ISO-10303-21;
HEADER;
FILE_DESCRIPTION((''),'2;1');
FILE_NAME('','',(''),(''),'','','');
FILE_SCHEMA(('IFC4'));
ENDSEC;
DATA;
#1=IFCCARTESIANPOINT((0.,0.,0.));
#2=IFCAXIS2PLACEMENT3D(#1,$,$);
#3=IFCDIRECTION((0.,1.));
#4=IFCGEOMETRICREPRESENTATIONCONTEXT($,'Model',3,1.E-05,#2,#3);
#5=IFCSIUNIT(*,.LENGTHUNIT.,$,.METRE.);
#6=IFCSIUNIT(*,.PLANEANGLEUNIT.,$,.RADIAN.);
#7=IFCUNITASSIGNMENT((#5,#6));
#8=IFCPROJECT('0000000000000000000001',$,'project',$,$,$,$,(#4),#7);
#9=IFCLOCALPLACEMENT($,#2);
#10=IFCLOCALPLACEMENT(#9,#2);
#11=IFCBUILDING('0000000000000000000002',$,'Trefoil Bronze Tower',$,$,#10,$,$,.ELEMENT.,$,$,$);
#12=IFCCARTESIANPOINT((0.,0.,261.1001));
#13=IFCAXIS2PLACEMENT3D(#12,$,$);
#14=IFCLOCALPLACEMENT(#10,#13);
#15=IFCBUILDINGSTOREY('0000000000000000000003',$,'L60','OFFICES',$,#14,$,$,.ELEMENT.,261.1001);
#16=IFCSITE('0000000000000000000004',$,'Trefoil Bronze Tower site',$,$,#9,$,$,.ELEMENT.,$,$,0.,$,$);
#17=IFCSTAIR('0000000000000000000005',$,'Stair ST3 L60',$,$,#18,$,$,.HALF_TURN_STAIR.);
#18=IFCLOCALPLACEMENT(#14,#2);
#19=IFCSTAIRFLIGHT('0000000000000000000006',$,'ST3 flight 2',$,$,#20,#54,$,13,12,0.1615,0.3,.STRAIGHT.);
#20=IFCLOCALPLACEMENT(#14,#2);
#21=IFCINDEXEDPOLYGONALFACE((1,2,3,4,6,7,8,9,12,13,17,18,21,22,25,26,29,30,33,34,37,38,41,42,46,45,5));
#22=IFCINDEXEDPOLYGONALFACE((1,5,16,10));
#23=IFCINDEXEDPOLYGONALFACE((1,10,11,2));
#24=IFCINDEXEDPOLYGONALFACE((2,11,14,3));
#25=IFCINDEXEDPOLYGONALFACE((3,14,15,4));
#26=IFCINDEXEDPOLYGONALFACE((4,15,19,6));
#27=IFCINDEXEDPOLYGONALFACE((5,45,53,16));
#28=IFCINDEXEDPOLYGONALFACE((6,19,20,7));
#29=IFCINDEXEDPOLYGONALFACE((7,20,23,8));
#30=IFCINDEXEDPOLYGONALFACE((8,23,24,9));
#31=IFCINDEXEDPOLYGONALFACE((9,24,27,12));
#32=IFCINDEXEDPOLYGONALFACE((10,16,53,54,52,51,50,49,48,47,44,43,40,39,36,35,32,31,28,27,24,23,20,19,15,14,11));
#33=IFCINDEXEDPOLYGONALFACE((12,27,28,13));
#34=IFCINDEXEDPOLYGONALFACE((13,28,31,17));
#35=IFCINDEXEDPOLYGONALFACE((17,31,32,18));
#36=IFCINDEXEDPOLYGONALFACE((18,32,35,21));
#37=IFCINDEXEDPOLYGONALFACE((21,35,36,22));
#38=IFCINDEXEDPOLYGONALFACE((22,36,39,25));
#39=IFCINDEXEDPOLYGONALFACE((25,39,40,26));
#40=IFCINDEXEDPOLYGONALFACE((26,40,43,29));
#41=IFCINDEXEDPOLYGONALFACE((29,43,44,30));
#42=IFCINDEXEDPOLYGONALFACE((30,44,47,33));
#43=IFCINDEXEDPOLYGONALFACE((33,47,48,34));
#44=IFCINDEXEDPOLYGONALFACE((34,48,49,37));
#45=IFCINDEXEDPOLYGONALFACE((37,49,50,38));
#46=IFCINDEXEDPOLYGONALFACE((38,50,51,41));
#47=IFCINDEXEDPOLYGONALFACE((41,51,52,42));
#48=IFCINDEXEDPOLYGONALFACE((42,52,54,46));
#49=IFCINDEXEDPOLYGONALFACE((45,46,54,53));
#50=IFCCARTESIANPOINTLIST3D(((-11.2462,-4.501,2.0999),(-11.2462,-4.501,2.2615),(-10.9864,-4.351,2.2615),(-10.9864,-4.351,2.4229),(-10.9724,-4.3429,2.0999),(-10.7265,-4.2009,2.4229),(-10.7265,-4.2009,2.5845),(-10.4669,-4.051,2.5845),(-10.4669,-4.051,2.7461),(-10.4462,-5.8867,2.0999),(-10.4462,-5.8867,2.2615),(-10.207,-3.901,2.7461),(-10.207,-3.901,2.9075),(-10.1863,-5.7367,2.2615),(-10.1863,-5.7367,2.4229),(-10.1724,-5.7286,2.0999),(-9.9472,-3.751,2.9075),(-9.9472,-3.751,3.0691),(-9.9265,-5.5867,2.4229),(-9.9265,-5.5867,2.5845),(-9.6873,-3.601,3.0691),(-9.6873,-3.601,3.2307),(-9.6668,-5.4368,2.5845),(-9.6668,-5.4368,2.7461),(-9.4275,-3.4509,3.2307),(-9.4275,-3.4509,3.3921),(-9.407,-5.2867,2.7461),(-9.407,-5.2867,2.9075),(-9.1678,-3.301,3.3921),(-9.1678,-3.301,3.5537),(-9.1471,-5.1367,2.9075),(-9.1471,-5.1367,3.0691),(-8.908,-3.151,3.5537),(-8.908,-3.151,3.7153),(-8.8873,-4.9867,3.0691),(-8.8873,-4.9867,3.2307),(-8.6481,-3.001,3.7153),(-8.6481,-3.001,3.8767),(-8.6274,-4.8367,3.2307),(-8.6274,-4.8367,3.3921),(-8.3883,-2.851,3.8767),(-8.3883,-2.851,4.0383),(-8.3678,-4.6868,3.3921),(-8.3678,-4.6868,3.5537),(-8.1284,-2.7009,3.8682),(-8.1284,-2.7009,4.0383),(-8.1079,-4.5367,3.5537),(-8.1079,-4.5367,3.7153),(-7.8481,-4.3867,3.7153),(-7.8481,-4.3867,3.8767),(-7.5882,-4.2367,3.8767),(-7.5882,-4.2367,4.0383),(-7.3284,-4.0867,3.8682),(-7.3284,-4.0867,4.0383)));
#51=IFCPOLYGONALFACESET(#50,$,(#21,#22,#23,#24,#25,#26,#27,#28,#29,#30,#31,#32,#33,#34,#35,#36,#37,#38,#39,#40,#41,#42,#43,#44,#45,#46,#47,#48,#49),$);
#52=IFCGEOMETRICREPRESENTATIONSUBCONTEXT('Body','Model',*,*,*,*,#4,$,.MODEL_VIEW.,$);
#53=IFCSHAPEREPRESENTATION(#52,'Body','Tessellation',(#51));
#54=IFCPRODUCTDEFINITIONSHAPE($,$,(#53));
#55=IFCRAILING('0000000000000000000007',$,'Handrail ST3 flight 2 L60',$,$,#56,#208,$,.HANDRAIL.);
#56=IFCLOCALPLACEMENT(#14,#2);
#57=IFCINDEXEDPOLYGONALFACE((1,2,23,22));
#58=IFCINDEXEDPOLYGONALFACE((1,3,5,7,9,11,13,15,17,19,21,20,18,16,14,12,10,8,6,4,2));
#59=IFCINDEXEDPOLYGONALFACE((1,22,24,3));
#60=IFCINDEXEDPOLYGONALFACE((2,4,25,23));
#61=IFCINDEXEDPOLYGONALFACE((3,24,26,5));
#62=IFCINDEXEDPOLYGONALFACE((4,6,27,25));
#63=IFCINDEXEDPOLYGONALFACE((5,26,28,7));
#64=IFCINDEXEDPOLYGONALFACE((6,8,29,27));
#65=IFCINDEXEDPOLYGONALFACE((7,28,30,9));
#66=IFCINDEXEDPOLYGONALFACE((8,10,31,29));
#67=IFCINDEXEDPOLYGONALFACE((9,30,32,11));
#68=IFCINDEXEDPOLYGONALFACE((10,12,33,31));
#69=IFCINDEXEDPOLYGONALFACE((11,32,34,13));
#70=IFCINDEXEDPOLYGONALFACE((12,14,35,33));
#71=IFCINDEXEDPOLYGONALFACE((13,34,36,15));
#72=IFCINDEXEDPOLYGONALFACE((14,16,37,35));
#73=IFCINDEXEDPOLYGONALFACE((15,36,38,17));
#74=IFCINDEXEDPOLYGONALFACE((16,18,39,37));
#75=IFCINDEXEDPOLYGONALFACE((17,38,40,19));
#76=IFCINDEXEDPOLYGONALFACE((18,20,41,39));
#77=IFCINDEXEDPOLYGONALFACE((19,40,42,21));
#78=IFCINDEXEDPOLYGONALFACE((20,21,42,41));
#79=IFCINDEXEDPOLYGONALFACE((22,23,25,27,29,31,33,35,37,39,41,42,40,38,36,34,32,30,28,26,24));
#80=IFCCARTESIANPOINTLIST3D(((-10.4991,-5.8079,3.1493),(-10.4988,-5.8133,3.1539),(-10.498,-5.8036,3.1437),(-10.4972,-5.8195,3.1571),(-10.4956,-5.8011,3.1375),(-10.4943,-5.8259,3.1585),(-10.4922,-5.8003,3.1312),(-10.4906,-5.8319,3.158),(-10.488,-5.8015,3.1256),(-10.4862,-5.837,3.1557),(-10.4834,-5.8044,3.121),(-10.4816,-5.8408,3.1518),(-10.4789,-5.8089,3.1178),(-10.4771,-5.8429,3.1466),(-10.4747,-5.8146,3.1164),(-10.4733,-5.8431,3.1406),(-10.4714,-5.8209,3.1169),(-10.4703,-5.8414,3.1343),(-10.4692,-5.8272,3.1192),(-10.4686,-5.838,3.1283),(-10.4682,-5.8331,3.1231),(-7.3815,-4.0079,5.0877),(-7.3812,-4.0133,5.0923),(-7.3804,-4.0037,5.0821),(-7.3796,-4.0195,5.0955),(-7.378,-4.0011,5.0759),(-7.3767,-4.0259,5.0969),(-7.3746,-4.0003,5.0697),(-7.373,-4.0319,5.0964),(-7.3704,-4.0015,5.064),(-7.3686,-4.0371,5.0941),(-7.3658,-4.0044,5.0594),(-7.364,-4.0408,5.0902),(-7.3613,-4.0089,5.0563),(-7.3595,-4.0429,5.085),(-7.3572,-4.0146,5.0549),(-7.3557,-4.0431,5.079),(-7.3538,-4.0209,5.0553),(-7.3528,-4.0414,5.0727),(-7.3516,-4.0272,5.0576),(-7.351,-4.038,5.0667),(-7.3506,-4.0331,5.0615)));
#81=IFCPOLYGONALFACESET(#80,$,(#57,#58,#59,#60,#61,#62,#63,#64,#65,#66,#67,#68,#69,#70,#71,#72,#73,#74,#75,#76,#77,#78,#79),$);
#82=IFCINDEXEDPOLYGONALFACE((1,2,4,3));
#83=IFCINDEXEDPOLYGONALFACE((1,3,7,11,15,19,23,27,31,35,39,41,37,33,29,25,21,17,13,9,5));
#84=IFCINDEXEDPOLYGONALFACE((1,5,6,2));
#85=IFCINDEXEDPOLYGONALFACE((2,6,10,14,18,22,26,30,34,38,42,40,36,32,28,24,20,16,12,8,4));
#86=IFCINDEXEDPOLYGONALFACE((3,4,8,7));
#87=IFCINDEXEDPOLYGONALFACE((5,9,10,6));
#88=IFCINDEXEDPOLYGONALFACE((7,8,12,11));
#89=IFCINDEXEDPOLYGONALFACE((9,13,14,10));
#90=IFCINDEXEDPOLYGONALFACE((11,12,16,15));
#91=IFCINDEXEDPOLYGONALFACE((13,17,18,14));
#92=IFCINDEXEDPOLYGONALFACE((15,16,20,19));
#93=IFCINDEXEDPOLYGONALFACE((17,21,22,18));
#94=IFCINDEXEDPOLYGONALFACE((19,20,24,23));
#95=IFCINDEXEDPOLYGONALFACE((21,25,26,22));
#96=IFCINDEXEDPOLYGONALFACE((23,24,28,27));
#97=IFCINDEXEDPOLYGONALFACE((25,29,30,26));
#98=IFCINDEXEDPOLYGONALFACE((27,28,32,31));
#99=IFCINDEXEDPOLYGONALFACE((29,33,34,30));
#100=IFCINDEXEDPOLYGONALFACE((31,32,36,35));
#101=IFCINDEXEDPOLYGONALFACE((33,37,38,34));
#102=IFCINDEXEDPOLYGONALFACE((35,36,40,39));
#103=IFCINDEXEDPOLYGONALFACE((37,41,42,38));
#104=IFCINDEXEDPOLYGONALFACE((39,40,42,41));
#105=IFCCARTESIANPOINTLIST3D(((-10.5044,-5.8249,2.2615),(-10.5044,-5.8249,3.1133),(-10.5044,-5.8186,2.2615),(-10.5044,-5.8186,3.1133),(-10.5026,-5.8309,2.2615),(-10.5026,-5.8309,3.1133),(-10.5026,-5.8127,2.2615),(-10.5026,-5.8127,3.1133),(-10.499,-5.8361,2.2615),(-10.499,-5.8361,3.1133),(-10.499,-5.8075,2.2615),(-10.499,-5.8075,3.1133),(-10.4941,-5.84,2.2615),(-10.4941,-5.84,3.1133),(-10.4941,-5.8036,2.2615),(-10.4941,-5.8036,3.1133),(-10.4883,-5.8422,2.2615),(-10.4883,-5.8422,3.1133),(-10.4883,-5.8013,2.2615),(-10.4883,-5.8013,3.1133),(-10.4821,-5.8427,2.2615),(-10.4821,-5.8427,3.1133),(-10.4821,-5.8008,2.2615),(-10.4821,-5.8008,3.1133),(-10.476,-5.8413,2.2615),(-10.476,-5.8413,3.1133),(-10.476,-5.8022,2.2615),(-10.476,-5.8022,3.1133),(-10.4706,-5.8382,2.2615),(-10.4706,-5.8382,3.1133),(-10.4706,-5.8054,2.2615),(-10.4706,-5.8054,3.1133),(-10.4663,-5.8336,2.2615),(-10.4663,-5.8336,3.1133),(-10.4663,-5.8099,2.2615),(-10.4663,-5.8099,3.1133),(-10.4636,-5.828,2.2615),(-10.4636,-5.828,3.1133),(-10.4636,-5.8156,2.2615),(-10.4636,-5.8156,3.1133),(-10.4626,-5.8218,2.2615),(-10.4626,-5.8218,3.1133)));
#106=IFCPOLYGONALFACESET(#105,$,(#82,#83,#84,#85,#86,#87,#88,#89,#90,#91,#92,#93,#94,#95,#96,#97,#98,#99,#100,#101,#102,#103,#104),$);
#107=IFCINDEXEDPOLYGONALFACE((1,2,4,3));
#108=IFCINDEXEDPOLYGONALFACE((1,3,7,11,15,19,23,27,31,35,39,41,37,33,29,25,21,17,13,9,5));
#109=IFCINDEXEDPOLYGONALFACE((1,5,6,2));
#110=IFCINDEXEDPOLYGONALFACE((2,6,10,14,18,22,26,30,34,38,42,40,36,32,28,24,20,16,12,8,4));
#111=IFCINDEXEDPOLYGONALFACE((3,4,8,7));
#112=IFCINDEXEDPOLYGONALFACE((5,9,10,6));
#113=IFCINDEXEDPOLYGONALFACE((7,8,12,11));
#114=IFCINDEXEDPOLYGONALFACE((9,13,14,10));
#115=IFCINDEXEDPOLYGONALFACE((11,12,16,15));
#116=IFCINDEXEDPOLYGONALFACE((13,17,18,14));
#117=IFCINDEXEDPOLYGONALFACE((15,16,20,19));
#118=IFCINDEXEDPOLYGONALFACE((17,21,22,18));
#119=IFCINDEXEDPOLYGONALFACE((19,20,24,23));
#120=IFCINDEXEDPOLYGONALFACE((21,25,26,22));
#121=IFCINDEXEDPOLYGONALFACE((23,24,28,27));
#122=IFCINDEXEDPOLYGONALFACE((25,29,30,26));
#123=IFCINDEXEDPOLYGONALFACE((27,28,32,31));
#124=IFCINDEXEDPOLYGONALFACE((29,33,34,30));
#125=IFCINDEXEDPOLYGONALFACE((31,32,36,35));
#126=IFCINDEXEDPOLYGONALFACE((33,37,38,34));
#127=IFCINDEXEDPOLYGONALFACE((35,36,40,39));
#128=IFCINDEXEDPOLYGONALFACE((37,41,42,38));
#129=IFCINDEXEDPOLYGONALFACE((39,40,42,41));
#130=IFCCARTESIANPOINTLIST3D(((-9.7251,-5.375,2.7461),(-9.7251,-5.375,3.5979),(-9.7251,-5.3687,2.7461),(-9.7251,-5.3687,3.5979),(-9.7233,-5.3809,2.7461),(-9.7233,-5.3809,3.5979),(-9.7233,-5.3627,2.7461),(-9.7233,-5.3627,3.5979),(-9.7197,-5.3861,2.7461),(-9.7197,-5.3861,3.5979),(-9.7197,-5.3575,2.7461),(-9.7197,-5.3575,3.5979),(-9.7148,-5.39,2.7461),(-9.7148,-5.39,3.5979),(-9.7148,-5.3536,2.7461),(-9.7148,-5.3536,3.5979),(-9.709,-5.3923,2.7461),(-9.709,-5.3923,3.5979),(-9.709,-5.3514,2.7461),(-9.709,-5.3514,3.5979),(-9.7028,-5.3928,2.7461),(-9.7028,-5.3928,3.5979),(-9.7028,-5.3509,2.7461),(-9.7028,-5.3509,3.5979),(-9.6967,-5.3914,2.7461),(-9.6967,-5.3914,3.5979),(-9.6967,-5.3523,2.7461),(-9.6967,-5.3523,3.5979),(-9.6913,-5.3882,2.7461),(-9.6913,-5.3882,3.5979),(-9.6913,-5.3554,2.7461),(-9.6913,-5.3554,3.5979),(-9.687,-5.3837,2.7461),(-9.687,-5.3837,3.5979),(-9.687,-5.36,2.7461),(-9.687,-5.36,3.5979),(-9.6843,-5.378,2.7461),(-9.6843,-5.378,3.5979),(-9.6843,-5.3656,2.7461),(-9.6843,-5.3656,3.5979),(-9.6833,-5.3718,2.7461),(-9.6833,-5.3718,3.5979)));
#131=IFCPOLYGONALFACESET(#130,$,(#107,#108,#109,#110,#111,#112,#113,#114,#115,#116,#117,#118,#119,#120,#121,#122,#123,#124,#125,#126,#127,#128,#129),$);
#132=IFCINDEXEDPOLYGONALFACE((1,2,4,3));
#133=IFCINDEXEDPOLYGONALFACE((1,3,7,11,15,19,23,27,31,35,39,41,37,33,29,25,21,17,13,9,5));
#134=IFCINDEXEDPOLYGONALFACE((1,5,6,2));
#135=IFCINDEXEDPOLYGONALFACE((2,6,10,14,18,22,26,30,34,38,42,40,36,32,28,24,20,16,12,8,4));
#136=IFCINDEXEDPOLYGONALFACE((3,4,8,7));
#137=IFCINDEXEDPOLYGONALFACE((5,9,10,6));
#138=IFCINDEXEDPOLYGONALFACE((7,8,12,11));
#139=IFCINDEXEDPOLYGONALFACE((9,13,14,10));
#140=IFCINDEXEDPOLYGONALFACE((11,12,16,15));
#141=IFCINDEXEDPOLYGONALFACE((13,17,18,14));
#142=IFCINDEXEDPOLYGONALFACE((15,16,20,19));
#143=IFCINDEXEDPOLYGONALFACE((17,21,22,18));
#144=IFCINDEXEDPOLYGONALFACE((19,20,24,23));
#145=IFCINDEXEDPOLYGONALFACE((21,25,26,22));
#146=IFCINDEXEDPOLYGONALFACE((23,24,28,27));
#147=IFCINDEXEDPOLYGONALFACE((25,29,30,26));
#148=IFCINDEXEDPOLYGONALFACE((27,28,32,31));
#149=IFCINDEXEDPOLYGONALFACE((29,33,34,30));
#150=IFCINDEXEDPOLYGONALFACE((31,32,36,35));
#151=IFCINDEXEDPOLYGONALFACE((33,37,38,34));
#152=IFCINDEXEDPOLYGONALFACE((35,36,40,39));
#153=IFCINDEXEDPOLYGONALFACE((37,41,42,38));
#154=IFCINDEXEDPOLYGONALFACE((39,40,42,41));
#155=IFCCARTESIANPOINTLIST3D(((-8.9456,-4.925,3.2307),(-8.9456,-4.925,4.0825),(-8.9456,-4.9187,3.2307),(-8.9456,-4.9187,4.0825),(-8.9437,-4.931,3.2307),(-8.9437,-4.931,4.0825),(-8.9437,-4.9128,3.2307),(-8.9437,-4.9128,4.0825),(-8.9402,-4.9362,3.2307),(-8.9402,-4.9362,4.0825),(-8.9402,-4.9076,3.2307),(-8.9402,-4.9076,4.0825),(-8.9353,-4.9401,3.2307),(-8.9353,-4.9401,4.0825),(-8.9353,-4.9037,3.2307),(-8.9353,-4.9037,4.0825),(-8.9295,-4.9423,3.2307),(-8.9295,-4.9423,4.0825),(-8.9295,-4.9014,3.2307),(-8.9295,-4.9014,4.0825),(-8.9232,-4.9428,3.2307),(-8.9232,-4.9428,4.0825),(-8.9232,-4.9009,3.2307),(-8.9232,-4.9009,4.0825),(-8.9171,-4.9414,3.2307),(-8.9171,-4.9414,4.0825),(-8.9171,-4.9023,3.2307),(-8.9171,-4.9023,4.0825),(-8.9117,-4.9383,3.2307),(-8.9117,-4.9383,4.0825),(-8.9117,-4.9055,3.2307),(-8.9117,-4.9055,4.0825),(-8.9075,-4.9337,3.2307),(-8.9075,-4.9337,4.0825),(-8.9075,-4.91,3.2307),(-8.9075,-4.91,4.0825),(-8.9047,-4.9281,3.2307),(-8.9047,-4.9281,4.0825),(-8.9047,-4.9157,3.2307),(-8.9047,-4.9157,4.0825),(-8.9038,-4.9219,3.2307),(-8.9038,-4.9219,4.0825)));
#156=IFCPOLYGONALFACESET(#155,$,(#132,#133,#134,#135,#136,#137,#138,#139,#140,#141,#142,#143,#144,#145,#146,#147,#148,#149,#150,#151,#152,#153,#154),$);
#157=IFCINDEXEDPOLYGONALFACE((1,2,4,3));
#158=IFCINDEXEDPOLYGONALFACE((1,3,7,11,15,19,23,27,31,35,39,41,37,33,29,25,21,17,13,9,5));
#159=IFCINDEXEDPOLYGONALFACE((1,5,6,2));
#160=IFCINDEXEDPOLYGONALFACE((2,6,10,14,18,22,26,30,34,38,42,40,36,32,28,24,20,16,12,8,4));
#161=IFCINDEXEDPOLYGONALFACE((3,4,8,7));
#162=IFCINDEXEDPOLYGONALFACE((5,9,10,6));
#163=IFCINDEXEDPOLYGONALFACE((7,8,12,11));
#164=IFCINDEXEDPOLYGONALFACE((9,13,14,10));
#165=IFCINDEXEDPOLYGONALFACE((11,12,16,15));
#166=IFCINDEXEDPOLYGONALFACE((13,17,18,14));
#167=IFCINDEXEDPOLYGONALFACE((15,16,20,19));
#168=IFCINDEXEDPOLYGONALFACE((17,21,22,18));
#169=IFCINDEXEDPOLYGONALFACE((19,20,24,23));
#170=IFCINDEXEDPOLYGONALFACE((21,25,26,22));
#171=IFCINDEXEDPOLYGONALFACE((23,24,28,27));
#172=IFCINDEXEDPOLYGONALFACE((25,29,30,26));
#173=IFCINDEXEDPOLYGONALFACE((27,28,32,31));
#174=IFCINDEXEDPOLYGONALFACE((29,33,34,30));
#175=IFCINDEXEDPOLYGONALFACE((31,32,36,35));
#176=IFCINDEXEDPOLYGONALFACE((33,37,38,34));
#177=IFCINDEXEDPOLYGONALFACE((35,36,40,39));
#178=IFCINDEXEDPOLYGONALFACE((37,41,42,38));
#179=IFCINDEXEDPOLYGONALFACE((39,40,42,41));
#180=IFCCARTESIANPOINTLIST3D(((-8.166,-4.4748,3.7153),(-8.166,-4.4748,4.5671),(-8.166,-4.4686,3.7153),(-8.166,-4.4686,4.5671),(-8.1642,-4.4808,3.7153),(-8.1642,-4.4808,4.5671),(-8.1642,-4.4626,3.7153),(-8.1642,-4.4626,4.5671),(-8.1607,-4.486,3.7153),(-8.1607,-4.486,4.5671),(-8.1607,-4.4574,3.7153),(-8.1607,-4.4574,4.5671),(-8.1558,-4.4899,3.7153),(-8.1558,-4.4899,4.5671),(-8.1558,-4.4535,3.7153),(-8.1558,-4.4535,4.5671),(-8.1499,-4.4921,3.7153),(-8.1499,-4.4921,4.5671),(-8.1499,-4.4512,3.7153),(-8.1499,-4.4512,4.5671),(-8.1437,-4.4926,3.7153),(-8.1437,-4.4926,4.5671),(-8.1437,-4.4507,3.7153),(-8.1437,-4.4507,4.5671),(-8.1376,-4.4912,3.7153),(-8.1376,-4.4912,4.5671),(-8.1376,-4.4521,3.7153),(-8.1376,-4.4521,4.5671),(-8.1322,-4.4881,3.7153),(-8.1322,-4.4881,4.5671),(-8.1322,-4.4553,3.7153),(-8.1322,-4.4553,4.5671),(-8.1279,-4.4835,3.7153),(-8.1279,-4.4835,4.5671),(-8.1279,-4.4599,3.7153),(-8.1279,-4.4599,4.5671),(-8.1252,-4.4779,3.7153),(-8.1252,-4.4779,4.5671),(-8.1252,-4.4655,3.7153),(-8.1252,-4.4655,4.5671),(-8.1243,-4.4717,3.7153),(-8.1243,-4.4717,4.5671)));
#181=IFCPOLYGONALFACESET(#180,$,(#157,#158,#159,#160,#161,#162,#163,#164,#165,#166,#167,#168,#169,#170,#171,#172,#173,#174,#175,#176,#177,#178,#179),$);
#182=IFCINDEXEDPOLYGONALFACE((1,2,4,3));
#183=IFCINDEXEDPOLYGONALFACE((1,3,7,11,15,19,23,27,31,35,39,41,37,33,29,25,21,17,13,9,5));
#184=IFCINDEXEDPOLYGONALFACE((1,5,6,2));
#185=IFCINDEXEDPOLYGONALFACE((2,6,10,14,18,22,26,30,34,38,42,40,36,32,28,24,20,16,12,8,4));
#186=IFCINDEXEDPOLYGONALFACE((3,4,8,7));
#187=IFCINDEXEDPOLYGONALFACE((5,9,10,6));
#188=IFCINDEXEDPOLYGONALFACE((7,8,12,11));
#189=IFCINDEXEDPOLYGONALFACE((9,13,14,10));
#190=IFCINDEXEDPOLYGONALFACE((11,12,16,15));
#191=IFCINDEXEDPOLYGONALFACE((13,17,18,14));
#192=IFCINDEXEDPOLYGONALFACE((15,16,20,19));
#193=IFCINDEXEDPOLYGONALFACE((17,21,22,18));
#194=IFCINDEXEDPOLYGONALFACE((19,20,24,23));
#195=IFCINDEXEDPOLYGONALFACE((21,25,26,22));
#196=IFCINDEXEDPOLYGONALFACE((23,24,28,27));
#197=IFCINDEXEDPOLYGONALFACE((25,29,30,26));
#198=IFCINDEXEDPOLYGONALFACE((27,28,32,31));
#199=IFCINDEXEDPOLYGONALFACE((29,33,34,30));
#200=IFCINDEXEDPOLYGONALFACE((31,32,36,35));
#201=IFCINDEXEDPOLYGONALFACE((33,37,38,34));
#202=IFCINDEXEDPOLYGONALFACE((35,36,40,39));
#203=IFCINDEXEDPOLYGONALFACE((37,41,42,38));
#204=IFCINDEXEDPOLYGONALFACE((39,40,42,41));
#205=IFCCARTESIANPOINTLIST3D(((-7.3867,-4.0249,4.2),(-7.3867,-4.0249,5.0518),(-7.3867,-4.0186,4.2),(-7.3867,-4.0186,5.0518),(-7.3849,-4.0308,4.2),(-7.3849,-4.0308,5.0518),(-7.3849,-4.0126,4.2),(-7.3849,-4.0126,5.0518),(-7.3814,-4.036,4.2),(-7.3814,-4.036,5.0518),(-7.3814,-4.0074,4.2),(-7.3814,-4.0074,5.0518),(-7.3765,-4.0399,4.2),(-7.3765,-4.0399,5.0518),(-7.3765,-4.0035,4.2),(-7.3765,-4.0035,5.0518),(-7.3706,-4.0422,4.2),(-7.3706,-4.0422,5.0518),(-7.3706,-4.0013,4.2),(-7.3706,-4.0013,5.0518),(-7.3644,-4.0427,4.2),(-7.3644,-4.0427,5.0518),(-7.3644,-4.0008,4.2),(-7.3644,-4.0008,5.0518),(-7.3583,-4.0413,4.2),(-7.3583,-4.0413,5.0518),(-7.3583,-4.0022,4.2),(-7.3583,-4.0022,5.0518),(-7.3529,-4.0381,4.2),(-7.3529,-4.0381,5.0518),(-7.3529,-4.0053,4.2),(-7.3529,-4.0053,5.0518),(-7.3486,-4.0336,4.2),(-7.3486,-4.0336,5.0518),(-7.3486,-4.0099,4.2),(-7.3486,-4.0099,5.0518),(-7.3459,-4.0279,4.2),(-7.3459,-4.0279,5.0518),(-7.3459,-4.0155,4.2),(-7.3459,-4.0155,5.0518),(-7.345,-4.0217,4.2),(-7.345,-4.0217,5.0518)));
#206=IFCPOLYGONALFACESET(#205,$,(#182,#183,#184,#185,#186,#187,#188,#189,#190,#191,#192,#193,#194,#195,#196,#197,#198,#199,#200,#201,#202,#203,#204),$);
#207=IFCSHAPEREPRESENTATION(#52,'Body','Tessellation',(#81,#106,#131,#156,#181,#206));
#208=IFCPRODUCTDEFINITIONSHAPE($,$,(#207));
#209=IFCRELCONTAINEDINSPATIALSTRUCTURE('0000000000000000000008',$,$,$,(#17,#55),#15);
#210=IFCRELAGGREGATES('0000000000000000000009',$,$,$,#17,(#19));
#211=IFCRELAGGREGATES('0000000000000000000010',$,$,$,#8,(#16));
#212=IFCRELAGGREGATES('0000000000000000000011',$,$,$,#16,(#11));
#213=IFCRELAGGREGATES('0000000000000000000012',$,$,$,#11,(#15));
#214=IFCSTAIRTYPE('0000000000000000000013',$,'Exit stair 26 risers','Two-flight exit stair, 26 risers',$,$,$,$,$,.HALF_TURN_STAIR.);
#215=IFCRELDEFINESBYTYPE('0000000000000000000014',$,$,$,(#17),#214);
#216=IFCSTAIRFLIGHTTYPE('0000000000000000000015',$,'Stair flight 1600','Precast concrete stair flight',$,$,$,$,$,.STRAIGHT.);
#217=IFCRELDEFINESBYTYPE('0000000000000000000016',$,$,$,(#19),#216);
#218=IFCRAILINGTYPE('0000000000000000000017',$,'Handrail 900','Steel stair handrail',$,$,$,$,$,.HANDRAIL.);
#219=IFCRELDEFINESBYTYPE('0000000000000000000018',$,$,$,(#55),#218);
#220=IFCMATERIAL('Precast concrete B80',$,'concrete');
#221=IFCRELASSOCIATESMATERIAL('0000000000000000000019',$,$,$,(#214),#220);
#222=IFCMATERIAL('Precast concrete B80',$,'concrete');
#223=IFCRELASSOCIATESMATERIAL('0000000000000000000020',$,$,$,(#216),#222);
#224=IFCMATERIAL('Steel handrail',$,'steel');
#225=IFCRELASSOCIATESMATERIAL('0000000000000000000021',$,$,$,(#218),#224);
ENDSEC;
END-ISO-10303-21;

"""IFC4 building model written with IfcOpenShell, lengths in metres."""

from ifc_helpers import new_model, si_unit, direction, frame, origin, origin_2d, place, context, subcontext, project, spatial, polyline, circle, outline, extrude, material, type_object, element, aggregate, save


model = new_model("IFC4")

# Units and contexts
model_context = context("Model", 3, precision=1e-05, world=origin(), true_north=direction((0.0, 1.0)))
body_context = subcontext(model_context, "Body", "Model", "MODEL_VIEW")
ifc_project = project(units=[si_unit("LENGTHUNIT", "METRE"), si_unit("PLANEANGLEUNIT", "RADIAN")], contexts=[model_context])

# Site, building, storey
site_placement = place(None, origin())
site = spatial("IfcSite", under=ifc_project, at=site_placement, Name="Trefoil Bronze Tower site", CompositionType="ELEMENT", RefElevation=0.0)
building_placement = place(site_placement, origin())
building = spatial("IfcBuilding", under=site, at=building_placement, Name="Trefoil Bronze Tower", CompositionType="ELEMENT")
storey_placement = place(building_placement, frame((0.0, 0.0, 261.1001)))
storey = spatial("IfcBuildingStorey", under=building, at=storey_placement, Name="L60", Description="OFFICES", CompositionType="ELEMENT", Elevation=261.1001)

# Stair, stair flight
ifc_material_1 = material(Name="Precast concrete B80", Category="concrete")
stair_type = type_object("IfcStairType", Name="Exit stair 26 risers", Description="Two-flight exit stair, 26 risers", PredefinedType="HALF_TURN_STAIR", material=ifc_material_1)
stair_placement = place(storey_placement, origin())
stair = element("IfcStair", 1, at=stair_placement, inside=storey, type_object=stair_type, Name="Stair ST3 L60", PredefinedType="HALF_TURN_STAIR")
ifc_material_2 = material(Name="Precast concrete B80", Category="concrete")
stair_flight_type = type_object("IfcStairFlightType", Name="Stair flight 1600", Description="Precast concrete stair flight", PredefinedType="STRAIGHT", material=ifc_material_2)
stair_flight_1_placement = place(storey_placement, frame((-10.8462, -5.1938, 2.0999), z_axis=(0.0, 0.0, 1.0), x_axis=(0.866025, 0.5, 0.0)))
stair_flight_1 = element("IfcStairFlight", 2, at=stair_flight_1_placement, type_object=stair_flight_type, Name="ST3 flight 2", NumberOfRisers=13, NumberOfTreads=12, PredefinedType="STRAIGHT", RiserHeight=0.1615, TreadLength=0.3, context=body_context, shape_type="SweptSolid", body=[
    extrude(outline(polyline([(0.0, 0.0), (0.0, 0.1616), (0.3, 0.1616), (0.3, 0.323), (0.6001, 0.323), (0.6001, 0.4846), (0.8999, 0.4846), (0.8999, 0.6462), (1.2, 0.6462), (1.2, 0.8076), (1.5, 0.8076), (1.5, 0.9692), (1.8, 0.9692), (1.8, 1.1309), (2.1001, 1.1309), (2.1001, 1.2922), (2.3999, 1.2922), (2.3999, 1.4539), (2.7, 1.4539), (2.7, 1.6155), (3.0, 1.6155), (3.0, 1.7769), (3.3, 1.7769), (3.3, 1.9385), (3.6001, 1.9385), (3.6001, 2.1001), (3.6001, 1.7683), (0.3162, 0.0), (0.0, 0.0)])), frame((0.0, 0.8, 0.0), z_axis=(0.0, -1.0, 0.0), x_axis=(1.0, 0.0, 0.0)), (0.0, 0.0, 1.0), 1.6001),
])
aggregate(stair, [stair_flight_1])

# Railing
ifc_material_3 = material(Name="Steel handrail", Category="steel")
railing_type = type_object("IfcRailingType", Name="Handrail 900", Description="Steel stair handrail", PredefinedType="HANDRAIL", material=ifc_material_3)
railing_placement = place(storey_placement, frame((-10.4836, -5.8218, 2.2615)))
element("IfcRailing", 3, at=railing_placement, inside=storey, type_object=railing_type, Name="Handrail ST3 flight 2 L60", PredefinedType="HANDRAIL", context=body_context, shape_type="SweptSolid", body=[
    extrude(circle(Radius=0.0239, at=origin_2d()), frame((0.0, 0.0, 0.876), z_axis=(0.762503, 0.440246, 0.474102), x_axis=(-0.500012, 0.866018, 0.0)), (0.0, 0.0, 1.0), 4.0886),
    extrude(circle(Radius=0.021, at=origin_2d()), origin(), (0.0, 0.0, 1.0), 0.8518),
    extrude(circle(Radius=0.021, at=origin_2d()), frame((0.7793, 0.45, 0.4846)), (0.0, 0.0, 1.0), 0.8518),
    extrude(circle(Radius=0.021, at=origin_2d()), frame((1.5588, 0.8999, 0.9692)), (0.0, 0.0, 1.0), 0.8518),
    extrude(circle(Radius=0.021, at=origin_2d()), frame((2.3384, 1.3501, 1.4539)), (0.0, 0.0, 1.0), 0.8518),
    extrude(circle(Radius=0.021, at=origin_2d()), frame((3.1177, 1.8, 1.9385)), (0.0, 0.0, 1.0), 0.8518),
])

save(model, "model.ifc")
